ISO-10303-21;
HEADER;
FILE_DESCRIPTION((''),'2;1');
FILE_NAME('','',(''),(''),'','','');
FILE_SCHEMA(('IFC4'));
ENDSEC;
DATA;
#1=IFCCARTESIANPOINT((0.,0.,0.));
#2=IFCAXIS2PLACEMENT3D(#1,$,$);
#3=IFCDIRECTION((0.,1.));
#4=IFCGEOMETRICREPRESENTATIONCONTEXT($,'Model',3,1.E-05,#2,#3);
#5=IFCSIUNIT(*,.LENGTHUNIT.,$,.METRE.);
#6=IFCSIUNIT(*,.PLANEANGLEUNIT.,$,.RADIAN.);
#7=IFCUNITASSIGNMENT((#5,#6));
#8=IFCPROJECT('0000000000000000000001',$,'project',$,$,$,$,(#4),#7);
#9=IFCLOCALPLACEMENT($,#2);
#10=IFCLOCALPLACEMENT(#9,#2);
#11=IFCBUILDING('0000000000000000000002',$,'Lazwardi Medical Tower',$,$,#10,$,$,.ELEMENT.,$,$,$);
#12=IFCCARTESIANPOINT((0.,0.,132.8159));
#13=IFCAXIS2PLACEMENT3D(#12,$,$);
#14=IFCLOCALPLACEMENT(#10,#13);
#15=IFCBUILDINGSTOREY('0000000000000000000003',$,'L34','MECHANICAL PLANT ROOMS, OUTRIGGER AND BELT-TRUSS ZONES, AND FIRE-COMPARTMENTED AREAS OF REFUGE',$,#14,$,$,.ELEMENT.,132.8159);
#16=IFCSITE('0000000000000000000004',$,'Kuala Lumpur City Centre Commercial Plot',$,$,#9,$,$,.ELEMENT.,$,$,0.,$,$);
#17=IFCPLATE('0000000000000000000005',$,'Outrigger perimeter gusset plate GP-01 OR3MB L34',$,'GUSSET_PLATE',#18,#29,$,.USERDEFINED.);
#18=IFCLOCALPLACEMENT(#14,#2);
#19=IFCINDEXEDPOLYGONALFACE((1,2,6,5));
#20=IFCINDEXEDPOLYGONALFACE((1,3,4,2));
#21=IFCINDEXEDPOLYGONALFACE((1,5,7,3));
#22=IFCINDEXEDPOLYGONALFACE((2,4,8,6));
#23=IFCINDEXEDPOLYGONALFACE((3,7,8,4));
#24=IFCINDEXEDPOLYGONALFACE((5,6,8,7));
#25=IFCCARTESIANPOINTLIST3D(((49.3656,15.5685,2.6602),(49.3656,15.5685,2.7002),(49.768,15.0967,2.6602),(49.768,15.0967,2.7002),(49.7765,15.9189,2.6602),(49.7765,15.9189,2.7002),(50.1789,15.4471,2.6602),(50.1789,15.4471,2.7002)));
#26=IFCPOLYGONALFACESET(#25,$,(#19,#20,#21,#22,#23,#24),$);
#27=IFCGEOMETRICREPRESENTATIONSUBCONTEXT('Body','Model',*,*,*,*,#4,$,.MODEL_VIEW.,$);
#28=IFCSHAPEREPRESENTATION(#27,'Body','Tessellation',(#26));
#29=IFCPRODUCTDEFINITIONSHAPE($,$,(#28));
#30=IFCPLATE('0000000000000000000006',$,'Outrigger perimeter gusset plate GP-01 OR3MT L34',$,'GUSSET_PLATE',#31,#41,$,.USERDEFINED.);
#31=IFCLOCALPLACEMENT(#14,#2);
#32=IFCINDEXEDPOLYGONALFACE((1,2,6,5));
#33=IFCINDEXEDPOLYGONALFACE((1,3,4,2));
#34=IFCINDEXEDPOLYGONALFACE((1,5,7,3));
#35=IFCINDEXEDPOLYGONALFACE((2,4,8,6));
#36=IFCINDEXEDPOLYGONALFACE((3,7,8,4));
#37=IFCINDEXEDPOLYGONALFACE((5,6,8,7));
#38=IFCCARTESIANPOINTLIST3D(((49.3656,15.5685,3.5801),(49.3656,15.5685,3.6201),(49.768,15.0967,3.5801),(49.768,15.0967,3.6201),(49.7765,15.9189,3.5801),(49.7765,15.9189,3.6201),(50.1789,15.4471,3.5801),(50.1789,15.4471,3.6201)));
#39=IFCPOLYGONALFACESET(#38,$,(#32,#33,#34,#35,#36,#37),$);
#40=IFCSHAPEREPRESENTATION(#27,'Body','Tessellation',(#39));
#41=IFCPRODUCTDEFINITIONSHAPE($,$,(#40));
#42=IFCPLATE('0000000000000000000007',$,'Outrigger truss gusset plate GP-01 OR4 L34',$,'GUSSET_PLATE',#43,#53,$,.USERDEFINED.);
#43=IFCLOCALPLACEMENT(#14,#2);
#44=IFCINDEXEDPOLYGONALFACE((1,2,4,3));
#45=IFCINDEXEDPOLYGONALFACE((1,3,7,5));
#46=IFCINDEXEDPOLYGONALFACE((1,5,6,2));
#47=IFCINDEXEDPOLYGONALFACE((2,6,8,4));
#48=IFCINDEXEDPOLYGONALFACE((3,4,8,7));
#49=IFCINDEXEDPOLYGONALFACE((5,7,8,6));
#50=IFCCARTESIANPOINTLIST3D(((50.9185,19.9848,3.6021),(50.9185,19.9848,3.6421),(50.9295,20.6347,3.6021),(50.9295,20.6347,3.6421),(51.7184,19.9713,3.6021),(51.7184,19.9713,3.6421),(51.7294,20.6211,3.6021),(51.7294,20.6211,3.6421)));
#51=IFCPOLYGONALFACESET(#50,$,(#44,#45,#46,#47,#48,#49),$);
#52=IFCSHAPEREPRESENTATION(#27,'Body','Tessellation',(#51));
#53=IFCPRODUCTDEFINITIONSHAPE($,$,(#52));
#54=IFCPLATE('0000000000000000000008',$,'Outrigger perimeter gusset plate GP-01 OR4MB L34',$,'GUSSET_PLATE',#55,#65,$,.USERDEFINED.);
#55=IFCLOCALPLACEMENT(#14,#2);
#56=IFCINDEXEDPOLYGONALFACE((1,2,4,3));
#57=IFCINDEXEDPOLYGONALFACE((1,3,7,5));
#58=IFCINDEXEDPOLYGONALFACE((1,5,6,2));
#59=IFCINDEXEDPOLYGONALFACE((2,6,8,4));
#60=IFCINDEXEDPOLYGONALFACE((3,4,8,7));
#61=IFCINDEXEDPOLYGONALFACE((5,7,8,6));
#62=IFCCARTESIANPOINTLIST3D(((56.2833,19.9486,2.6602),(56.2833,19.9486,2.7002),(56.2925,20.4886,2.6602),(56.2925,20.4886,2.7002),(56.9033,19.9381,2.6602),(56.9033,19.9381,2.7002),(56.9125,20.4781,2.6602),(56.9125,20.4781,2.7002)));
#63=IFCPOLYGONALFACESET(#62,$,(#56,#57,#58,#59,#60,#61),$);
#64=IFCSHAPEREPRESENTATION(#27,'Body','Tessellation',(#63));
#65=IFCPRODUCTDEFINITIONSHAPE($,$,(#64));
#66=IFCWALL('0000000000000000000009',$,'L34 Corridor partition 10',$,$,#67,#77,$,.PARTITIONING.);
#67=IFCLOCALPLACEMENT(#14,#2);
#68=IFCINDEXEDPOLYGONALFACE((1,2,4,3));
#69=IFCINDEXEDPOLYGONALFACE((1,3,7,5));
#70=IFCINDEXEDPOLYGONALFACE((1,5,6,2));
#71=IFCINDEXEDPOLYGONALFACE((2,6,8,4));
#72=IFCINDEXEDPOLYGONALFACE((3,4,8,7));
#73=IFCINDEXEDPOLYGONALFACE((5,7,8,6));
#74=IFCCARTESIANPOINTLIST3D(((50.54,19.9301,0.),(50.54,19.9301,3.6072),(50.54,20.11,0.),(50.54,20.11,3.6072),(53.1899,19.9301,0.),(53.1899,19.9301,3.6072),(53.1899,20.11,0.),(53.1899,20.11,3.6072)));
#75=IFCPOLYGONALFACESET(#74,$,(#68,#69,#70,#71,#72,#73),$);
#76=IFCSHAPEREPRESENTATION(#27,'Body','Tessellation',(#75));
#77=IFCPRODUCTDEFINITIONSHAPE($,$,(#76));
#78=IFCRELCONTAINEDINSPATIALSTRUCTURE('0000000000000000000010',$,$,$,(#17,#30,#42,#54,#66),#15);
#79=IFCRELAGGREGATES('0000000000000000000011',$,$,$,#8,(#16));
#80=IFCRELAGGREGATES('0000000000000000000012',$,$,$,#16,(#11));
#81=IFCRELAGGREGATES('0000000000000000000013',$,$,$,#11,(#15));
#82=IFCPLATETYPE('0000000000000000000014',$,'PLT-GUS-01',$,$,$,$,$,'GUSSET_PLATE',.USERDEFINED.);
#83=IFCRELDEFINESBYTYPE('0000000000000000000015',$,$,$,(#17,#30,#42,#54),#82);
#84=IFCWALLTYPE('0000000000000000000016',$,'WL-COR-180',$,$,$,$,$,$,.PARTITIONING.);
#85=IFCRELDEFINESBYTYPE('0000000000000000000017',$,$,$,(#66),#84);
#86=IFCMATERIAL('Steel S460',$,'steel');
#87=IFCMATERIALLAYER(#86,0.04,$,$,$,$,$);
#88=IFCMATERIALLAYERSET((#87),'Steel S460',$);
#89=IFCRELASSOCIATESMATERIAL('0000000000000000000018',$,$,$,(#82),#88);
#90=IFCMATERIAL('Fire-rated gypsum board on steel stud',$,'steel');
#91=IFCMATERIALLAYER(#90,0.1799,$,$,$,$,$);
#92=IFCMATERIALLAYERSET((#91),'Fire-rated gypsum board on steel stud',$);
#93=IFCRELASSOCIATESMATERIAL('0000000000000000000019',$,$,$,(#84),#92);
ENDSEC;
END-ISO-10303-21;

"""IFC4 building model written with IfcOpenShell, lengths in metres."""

from ifc_helpers import new_model, si_unit, direction, frame, frame_2d, origin, origin_2d, place, context, subcontext, project, spatial, rectangle, extrude, material, layer, layer_set, type_object, element, save


model = new_model("IFC4")

# Units and contexts
model_context = context("Model", 3, precision=1e-05, world=origin(), true_north=direction((0.0, 1.0)))
body_context = subcontext(model_context, "Body", "Model", "MODEL_VIEW")
ifc_project = project(units=[si_unit("LENGTHUNIT", "METRE"), si_unit("PLANEANGLEUNIT", "RADIAN")], contexts=[model_context])

# Site, building, storey
site_placement = place(None, origin())
site = spatial("IfcSite", under=ifc_project, at=site_placement, Name="Kuala Lumpur City Centre Commercial Plot", CompositionType="ELEMENT", RefElevation=0.0)
building_placement = place(site_placement, origin())
building = spatial("IfcBuilding", under=site, at=building_placement, Name="Lazwardi Medical Tower", CompositionType="ELEMENT")
storey_placement = place(building_placement, frame((0.0, 0.0, 132.8159)))
storey = spatial("IfcBuildingStorey", under=building, at=storey_placement, Name="L34", Description="MECHANICAL PLANT ROOMS, OUTRIGGER AND BELT-TRUSS ZONES, AND FIRE-COMPARTMENTED AREAS OF REFUGE", CompositionType="ELEMENT", Elevation=132.8159)

# Shared definitions
ifc_material_1 = material(Name="Steel S460", Category="steel")

# Plates
ifc_layer_1 = layer(ifc_material_1, 0.04)
ifc_layer_set_1 = layer_set([ifc_layer_1], Name="Steel S460")
plate_type = type_object("IfcPlateType", Name="PLT-GUS-01", ElementType="GUSSET_PLATE", PredefinedType="USERDEFINED", material=ifc_layer_set_1)
for number, where, z_axis, x_axis, name in (
    (1, (49.7722, 15.5078, 2.6602), (0.0, 0.0, 1.0), (0.648917, -0.760859, 0.0), "Outrigger perimeter gusset plate GP-01 OR3MB L34"),
    (2, (49.7722, 15.5078, 3.5801), (0.0, 0.0, 1.0), (0.648917, -0.760859, 0.0), "Outrigger perimeter gusset plate GP-01 OR3MT L34"),
):
    element("IfcPlate", number, at=place(storey_placement, frame(where, z_axis=z_axis, x_axis=x_axis)), inside=storey, type_object=plate_type, Name=name, ObjectType="GUSSET_PLATE", PredefinedType="USERDEFINED", context=body_context, shape_type="SweptSolid", body=[
        extrude(rectangle(XDim=0.6201, YDim=0.54, at=origin_2d()), origin(), (0.0, 0.0, 1.0), 0.04),
    ])
plate_1_placement = place(storey_placement, frame((51.324, 20.303, 3.6021), z_axis=(0.0, 0.0, 1.0), x_axis=(0.999857, -0.016929, 0.0)))
element("IfcPlate", 3, at=plate_1_placement, inside=storey, type_object=plate_type, Name="Outrigger truss gusset plate GP-01 OR4 L34", ObjectType="GUSSET_PLATE", PredefinedType="USERDEFINED", context=body_context, shape_type="SweptSolid", body=[
    extrude(rectangle(XDim=0.8, YDim=0.6499, at=origin_2d()), origin(), (0.0, 0.0, 1.0), 0.04),
])
plate_2_placement = place(storey_placement, frame((56.5979, 20.2134, 2.6602), z_axis=(0.0, 0.0, 1.0), x_axis=(0.999857, -0.016929, 0.0)))
element("IfcPlate", 4, at=plate_2_placement, inside=storey, type_object=plate_type, Name="Outrigger perimeter gusset plate GP-01 OR4MB L34", ObjectType="GUSSET_PLATE", PredefinedType="USERDEFINED", context=body_context, shape_type="SweptSolid", body=[
    extrude(rectangle(XDim=0.6201, YDim=0.54, at=origin_2d()), origin(), (0.0, 0.0, 1.0), 0.04),
])

# Wall
ifc_material_2 = material(Name="Fire-rated gypsum board on steel stud", Category="steel")
ifc_layer_2 = layer(ifc_material_2, 0.1799)
ifc_layer_set_2 = layer_set([ifc_layer_2], Name="Fire-rated gypsum board on steel stud")
wall_type = type_object("IfcWallType", Name="WL-COR-180", PredefinedType="PARTITIONING", material=ifc_layer_set_2)
wall_placement = place(storey_placement, frame((53.1899, 20.02, 0.0), z_axis=(0.0, 0.0, 1.0), x_axis=(-1.0, 0.0, 0.0)))
element("IfcWall", 5, at=wall_placement, inside=storey, type_object=wall_type, Name="L34 Corridor partition 10", PredefinedType="PARTITIONING", context=body_context, shape_type="SweptSolid", body=[
    extrude(rectangle(XDim=2.6499, YDim=0.1799, at=frame_2d((1.325, 0.0))), origin(), (0.0, 0.0, 1.0), 3.6072),
])

save(model, "model.ifc")
